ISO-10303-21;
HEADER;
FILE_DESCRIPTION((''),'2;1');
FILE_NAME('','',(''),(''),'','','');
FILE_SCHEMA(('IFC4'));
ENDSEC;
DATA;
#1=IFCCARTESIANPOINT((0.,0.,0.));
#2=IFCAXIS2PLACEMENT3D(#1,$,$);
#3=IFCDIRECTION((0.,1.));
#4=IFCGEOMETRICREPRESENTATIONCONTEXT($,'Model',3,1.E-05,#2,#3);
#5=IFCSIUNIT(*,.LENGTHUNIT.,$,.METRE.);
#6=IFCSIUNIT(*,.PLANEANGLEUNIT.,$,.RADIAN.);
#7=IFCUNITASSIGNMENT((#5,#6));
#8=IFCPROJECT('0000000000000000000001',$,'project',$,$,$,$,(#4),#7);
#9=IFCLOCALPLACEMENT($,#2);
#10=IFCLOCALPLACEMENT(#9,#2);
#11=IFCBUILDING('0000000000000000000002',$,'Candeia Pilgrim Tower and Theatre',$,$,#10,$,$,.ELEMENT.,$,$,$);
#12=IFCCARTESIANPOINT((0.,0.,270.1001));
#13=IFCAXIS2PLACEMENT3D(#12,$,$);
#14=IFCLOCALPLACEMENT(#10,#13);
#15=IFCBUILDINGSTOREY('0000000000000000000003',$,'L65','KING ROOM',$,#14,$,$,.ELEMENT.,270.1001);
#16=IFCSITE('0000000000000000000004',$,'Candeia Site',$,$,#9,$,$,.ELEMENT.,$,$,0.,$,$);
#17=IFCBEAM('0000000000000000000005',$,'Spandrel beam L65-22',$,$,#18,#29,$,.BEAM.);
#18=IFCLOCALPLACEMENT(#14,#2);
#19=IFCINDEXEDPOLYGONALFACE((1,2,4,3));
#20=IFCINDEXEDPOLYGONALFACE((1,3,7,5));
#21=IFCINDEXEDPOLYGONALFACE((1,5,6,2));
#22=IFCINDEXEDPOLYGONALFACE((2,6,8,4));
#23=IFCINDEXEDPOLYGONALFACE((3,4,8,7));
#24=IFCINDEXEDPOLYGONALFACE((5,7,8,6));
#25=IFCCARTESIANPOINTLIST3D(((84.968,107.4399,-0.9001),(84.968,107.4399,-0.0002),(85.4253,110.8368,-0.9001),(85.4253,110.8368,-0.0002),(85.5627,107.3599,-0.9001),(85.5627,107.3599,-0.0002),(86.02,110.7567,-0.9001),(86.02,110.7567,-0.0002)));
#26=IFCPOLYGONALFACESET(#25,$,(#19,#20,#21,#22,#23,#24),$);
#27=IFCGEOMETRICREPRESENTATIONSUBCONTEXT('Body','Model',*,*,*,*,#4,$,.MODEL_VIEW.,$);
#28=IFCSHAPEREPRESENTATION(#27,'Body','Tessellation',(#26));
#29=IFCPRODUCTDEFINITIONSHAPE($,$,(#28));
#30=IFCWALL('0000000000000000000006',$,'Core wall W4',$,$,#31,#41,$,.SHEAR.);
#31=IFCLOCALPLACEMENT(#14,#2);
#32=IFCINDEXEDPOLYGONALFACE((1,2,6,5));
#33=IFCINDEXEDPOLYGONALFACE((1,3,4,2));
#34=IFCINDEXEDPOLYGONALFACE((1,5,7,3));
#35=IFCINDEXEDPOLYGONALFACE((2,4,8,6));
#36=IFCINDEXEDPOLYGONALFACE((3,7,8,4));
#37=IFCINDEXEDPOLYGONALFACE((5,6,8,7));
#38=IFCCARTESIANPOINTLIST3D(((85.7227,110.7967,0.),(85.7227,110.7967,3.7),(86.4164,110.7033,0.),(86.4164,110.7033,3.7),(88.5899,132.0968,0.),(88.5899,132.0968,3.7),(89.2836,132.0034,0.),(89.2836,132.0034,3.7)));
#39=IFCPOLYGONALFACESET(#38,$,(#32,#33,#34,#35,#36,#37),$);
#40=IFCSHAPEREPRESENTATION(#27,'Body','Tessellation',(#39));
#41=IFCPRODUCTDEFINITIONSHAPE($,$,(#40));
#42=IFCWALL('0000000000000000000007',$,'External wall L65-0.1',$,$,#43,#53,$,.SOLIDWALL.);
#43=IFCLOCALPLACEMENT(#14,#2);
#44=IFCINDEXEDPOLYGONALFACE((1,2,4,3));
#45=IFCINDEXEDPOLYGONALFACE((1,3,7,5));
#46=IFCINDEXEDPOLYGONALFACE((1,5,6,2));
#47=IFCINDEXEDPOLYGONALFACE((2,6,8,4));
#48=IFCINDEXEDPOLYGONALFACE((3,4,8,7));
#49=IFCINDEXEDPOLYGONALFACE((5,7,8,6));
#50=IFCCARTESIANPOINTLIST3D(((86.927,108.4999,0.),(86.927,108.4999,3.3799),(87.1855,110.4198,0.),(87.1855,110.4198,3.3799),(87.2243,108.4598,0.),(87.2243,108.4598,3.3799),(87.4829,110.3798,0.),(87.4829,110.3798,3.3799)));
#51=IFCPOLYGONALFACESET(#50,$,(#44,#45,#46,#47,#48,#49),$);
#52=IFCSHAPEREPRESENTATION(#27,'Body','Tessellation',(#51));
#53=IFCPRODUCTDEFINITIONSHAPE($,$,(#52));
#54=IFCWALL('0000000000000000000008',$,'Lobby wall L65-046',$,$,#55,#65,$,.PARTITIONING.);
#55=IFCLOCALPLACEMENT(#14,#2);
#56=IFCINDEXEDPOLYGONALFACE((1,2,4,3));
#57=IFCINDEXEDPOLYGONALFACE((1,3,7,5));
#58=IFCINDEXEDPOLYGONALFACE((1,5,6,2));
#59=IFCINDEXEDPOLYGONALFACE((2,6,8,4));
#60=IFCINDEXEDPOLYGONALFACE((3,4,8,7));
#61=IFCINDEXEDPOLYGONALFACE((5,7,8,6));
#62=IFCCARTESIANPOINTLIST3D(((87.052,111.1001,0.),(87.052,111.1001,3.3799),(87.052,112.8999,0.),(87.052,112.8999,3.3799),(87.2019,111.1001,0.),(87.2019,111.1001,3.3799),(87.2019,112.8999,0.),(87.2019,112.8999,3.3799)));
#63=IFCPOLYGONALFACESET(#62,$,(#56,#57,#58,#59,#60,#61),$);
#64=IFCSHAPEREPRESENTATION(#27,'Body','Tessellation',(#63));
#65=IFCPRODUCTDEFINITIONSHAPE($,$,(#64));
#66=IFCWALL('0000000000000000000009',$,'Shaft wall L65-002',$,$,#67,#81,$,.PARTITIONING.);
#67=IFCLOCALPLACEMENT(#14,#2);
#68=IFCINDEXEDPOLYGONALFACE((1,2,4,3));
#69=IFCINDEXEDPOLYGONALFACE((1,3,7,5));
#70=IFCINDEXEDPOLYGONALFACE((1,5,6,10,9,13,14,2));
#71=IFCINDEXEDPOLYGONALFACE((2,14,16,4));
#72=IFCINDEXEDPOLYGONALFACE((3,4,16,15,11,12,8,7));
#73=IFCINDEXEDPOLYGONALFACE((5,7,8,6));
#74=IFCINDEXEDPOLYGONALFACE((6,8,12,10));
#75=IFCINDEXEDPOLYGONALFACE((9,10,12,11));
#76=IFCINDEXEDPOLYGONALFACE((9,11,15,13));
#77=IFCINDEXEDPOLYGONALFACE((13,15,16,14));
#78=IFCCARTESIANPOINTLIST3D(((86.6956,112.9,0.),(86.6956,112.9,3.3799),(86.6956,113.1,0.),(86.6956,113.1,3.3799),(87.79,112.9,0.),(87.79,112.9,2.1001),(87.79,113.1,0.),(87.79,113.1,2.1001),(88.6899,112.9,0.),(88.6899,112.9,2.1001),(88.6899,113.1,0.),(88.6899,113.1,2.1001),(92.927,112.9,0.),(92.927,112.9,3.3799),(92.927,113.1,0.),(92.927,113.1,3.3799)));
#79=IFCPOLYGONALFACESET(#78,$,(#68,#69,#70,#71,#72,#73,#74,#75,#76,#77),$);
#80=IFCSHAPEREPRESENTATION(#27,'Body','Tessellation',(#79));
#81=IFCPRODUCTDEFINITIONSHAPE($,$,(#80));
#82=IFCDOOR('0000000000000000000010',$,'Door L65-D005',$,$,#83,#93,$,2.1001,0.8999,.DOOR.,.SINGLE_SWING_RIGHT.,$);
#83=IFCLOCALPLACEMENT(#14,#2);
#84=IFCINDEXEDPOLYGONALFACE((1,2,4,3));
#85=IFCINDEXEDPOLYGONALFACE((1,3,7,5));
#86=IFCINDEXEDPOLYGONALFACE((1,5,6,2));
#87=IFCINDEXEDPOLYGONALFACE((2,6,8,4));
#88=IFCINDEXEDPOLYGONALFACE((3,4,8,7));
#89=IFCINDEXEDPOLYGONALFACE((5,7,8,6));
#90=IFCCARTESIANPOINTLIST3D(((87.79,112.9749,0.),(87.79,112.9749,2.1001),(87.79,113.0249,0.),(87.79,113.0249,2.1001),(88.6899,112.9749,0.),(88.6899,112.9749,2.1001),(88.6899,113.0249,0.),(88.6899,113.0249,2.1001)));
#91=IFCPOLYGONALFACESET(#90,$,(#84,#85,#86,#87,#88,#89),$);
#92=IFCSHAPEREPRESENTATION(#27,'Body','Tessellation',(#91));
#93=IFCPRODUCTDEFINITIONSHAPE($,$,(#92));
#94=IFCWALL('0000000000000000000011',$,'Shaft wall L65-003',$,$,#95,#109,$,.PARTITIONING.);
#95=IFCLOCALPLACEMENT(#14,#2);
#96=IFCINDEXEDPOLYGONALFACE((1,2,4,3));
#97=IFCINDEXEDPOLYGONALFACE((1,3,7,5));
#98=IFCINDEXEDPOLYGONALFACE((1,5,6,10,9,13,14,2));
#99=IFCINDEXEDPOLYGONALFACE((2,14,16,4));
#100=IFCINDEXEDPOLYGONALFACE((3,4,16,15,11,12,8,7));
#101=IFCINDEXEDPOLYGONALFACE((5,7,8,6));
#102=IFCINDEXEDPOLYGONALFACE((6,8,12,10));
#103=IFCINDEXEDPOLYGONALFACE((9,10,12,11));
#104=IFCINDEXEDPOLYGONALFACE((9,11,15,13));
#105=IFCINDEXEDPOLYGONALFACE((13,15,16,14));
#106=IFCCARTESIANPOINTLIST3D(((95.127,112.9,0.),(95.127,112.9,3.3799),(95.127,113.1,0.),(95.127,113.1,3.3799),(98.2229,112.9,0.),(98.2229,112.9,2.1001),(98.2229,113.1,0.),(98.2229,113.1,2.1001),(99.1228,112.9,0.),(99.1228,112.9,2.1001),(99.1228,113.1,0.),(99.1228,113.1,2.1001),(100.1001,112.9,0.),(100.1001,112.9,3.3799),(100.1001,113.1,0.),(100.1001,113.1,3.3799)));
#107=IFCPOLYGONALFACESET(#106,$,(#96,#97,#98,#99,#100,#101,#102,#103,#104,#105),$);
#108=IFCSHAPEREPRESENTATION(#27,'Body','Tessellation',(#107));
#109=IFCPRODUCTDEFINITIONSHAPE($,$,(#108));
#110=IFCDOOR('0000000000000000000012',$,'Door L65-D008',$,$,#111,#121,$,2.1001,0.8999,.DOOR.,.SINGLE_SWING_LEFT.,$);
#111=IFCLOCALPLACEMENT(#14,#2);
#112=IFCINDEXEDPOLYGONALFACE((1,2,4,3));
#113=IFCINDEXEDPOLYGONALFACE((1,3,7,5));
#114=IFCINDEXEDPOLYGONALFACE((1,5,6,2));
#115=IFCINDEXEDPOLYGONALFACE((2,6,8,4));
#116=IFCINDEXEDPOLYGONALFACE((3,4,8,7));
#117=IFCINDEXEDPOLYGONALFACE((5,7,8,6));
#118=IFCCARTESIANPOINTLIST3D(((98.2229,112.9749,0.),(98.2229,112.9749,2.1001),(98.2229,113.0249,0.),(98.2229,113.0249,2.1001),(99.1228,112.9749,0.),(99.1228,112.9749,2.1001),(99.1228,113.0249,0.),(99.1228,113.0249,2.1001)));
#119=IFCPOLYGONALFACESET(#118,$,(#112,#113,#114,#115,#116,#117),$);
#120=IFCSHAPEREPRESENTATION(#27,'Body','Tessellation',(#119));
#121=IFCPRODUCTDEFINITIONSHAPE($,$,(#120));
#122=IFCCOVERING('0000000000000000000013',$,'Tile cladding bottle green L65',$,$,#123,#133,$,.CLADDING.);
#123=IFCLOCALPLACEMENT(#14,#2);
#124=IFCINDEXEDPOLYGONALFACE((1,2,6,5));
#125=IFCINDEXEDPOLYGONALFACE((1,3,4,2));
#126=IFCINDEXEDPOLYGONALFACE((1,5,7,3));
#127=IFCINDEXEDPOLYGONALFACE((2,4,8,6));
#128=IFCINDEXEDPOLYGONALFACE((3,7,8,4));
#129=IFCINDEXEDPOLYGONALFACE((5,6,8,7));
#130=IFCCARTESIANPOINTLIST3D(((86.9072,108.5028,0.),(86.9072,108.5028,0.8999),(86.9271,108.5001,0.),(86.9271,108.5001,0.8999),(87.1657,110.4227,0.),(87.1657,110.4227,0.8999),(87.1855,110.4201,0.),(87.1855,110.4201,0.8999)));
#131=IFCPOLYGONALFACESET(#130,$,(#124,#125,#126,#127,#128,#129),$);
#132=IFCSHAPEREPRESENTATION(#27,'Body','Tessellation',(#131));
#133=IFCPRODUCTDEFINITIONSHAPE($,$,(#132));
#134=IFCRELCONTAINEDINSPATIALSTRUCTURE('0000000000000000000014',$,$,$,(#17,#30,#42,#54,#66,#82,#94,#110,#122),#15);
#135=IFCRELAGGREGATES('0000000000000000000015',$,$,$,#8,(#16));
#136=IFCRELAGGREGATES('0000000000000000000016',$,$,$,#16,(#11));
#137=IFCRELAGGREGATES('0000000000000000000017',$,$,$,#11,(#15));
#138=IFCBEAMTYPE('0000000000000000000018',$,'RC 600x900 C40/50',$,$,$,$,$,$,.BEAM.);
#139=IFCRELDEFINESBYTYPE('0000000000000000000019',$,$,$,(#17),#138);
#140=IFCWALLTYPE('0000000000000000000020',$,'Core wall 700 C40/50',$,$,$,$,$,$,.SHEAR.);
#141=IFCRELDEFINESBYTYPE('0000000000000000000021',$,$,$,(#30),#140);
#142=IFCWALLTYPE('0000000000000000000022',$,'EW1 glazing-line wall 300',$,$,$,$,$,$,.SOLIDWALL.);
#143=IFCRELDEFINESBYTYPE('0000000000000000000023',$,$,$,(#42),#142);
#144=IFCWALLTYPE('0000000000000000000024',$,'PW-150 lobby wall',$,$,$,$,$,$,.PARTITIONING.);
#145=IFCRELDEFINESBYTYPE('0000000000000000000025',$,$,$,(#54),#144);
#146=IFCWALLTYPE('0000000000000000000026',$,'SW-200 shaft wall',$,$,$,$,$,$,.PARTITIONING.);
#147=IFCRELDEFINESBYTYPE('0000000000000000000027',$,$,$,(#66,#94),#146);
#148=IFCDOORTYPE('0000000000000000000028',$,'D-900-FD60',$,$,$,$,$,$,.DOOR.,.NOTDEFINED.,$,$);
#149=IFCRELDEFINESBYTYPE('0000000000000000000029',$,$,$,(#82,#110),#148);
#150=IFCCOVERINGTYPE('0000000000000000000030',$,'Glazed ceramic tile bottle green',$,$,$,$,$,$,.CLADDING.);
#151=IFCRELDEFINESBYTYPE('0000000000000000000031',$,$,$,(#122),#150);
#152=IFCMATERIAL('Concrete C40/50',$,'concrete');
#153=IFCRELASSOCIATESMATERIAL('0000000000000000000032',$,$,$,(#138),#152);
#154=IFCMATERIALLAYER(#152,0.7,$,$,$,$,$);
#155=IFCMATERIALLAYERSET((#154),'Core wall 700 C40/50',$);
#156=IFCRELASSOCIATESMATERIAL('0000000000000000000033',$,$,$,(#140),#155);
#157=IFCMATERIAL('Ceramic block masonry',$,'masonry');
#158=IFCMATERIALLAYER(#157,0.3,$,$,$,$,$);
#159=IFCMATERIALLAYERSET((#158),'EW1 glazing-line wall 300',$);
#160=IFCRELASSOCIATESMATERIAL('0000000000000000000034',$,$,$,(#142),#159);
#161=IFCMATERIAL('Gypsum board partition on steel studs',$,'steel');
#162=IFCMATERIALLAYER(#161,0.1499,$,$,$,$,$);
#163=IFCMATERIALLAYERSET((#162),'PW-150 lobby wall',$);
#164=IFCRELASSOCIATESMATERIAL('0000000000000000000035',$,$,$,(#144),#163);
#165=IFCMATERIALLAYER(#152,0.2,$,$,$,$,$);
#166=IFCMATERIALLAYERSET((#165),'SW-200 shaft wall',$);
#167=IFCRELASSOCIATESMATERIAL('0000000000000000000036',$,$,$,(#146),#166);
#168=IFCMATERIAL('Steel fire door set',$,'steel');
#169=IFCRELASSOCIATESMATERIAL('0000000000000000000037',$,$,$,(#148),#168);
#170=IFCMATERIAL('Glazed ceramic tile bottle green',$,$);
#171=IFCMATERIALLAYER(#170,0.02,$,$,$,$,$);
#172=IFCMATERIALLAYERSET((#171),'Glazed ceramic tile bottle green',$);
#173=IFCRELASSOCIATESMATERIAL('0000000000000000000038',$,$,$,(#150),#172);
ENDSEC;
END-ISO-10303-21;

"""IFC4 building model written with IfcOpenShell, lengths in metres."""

from ifc_helpers import new_model, si_unit, direction, frame, frame_2d, origin, origin_2d, place, context, subcontext, project, spatial, rectangle, extrude, material, layer, layer_set, material_profile, profile_set, type_object, element, fill, save


model = new_model("IFC4")

# Units and contexts
model_context = context("Model", 3, precision=1e-05, world=origin(), true_north=direction((0.0, 1.0)))
body_context = subcontext(model_context, "Body", "Model", "MODEL_VIEW")
ifc_project = project(units=[si_unit("LENGTHUNIT", "METRE"), si_unit("PLANEANGLEUNIT", "RADIAN")], contexts=[model_context])

# Site, building, storey
site_placement = place(None, origin())
site = spatial("IfcSite", under=ifc_project, at=site_placement, Name="Candeia Site", CompositionType="ELEMENT", RefElevation=0.0)
building_placement = place(site_placement, origin())
building = spatial("IfcBuilding", under=site, at=building_placement, Name="Candeia Pilgrim Tower and Theatre", CompositionType="ELEMENT")
storey_placement = place(building_placement, frame((0.0, 0.0, 270.1001)))
storey = spatial("IfcBuildingStorey", under=building, at=storey_placement, Name="L65", Description="KING ROOM", CompositionType="ELEMENT", Elevation=270.1001)

# Beam
ifc_material_1 = material(Name="Concrete C40/50", Category="concrete")
ifc_material_profile = material_profile(ifc_material_1, rectangle(XDim=0.6001, YDim=0.8999, at=origin_2d()))
ifc_profile_set = profile_set([ifc_material_profile], Name="Concrete C40/50")
beam_type = type_object("IfcBeamType", Name="RC 600x900 C40/50", PredefinedType="BEAM", material=ifc_profile_set)
beam_placement = place(storey_placement, frame((85.2654, 107.3999, -0.4502), z_axis=(0.133419, 0.99106, 0.0), x_axis=(-0.99106, 0.133419, 0.0)))
element("IfcBeam", 1, at=beam_placement, inside=storey, type_object=beam_type, Name="Spandrel beam L65-22", PredefinedType="BEAM", context=body_context, shape_type="SweptSolid", body=[
    extrude(rectangle(XDim=0.6001, YDim=0.8999, at=origin_2d()), origin(), (0.0, 0.0, 1.0), 3.4275),
])

# Walls
ifc_layer_1 = layer(ifc_material_1, 0.7)
ifc_layer_set_1 = layer_set([ifc_layer_1], Name="Core wall 700 C40/50")
wall_type_1 = type_object("IfcWallType", Name="Core wall 700 C40/50", PredefinedType="SHEAR", material=ifc_layer_set_1)
wall_1_placement = place(storey_placement, frame((86.0696, 110.75, 0.0), z_axis=(0.0, 0.0, 1.0), x_axis=(0.133406, 0.991061, 0.0)))
element("IfcWall", 2, at=wall_1_placement, inside=storey, type_object=wall_type_1, Name="Core wall W4", PredefinedType="SHEAR", context=body_context, shape_type="SweptSolid", body=[
    extrude(rectangle(XDim=21.4922, YDim=0.7, at=frame_2d((10.7461, 0.0))), origin(), (0.0, 0.0, 1.0), 3.7),
])
ifc_material_2 = material(Name="Ceramic block masonry", Category="masonry")
ifc_layer_2 = layer(ifc_material_2, 0.3)
ifc_layer_set_2 = layer_set([ifc_layer_2], Name="EW1 glazing-line wall 300")
wall_type_2 = type_object("IfcWallType", Name="EW1 glazing-line wall 300", PredefinedType="SOLIDWALL", material=ifc_layer_set_2)
wall_2_placement = place(storey_placement, frame((87.3342, 110.3999, 0.0), z_axis=(0.0, 0.0, 1.0), x_axis=(-0.13346, -0.991054, 0.0)))
element("IfcWall", 3, at=wall_2_placement, inside=storey, type_object=wall_type_2, Name="External wall L65-0.1", PredefinedType="SOLIDWALL", context=body_context, shape_type="SweptSolid", body=[
    extrude(rectangle(XDim=1.9373, YDim=0.3, at=frame_2d((0.9688, 0.0))), origin(), (0.0, 0.0, 1.0), 3.3799),
])

# Wall
ifc_material_3 = material(Name="Gypsum board partition on steel studs", Category="steel")
ifc_layer_3 = layer(ifc_material_3, 0.1499)
ifc_layer_set_3 = layer_set([ifc_layer_3], Name="PW-150 lobby wall")
wall_type_3 = type_object("IfcWallType", Name="PW-150 lobby wall", PredefinedType="PARTITIONING", material=ifc_layer_set_3)
wall_3_placement = place(storey_placement, frame((87.127, 111.1001, 0.0), z_axis=(0.0, 0.0, 1.0), x_axis=(0.0, 1.0, 0.0)))
element("IfcWall", 4, at=wall_3_placement, inside=storey, type_object=wall_type_3, Name="Lobby wall L65-046", PredefinedType="PARTITIONING", context=body_context, shape_type="SweptSolid", body=[
    extrude(rectangle(XDim=1.7998, YDim=0.1499, at=frame_2d((0.8999, 0.0))), origin(), (0.0, 0.0, 1.0), 3.3799),
])

# Walls, openings, doors
ifc_layer_4 = layer(ifc_material_1, 0.2)
ifc_layer_set_4 = layer_set([ifc_layer_4], Name="SW-200 shaft wall")
wall_type_4 = type_object("IfcWallType", Name="SW-200 shaft wall", PredefinedType="PARTITIONING", material=ifc_layer_set_4)
wall_4_placement = place(storey_placement, frame((86.6956, 113.0, 0.0), z_axis=(0.0, 0.0, 1.0), x_axis=(1.0, 0.0, 0.0)))
wall_4 = element("IfcWall", 5, at=wall_4_placement, inside=storey, type_object=wall_type_4, Name="Shaft wall L65-002", PredefinedType="PARTITIONING", context=body_context, shape_type="SweptSolid", body=[
    extrude(rectangle(XDim=6.2314, YDim=0.2, at=frame_2d((3.1157, 0.0))), origin(), (0.0, 0.0, 1.0), 3.3799),
])
opening_1_placement = place(wall_4_placement, frame((1.0945, 0.0, 0.0)))
opening_1 = element("IfcOpeningElement", 6, at=opening_1_placement, cuts=wall_4, PredefinedType="OPENING", context=body_context, shape_type="SweptSolid", body=[
    extrude(rectangle(XDim=0.8999, YDim=2.1001, at=frame_2d((0.45, 1.05))), frame((0.0, 0.1099, 0.0), z_axis=(0.0, -1.0, 0.0), x_axis=(1.0, 0.0, 0.0)), (0.0, 0.0, 1.0), 0.22),
])
ifc_material_4 = material(Name="Steel fire door set", Category="steel")
door_type_1 = type_object("IfcDoorType", Name="D-900-FD60", OperationType="NOTDEFINED", PredefinedType="DOOR", material=ifc_material_4)
door_1_placement = place(opening_1_placement, origin())
door_1 = element("IfcDoor", 7, at=door_1_placement, inside=storey, type_object=door_type_1, Name="Door L65-D005", OperationType="SINGLE_SWING_RIGHT", OverallHeight=2.1001, OverallWidth=0.8999, PredefinedType="DOOR", context=body_context, shape_type="SweptSolid", body=[
    extrude(rectangle(XDim=0.8999, YDim=2.1001, at=frame_2d((0.45, 1.05))), frame((0.0, 0.0249, 0.0), z_axis=(0.0, -1.0, 0.0), x_axis=(1.0, 0.0, 0.0)), (0.0, 0.0, 1.0), 0.05),
])
fill(opening_1, door_1)
wall_5_placement = place(storey_placement, frame((95.127, 113.0, 0.0), z_axis=(0.0, 0.0, 1.0), x_axis=(1.0, 0.0, 0.0)))
wall_5 = element("IfcWall", 8, at=wall_5_placement, inside=storey, type_object=wall_type_4, Name="Shaft wall L65-003", PredefinedType="PARTITIONING", context=body_context, shape_type="SweptSolid", body=[
    extrude(rectangle(XDim=4.9731, YDim=0.2, at=frame_2d((2.4866, 0.0))), origin(), (0.0, 0.0, 1.0), 3.3799),
])
opening_2_placement = place(wall_5_placement, frame((3.0959, 0.0, 0.0)))
opening_2 = element("IfcOpeningElement", 9, at=opening_2_placement, cuts=wall_5, PredefinedType="OPENING", context=body_context, shape_type="SweptSolid", body=[
    extrude(rectangle(XDim=0.8999, YDim=2.1001, at=frame_2d((0.45, 1.05))), frame((0.0, 0.1099, 0.0), z_axis=(0.0, -1.0, 0.0), x_axis=(1.0, 0.0, 0.0)), (0.0, 0.0, 1.0), 0.22),
])
door_2_placement = place(opening_2_placement, origin())
door_2 = element("IfcDoor", 10, at=door_2_placement, inside=storey, type_object=door_type_1, Name="Door L65-D008", OperationType="SINGLE_SWING_LEFT", OverallHeight=2.1001, OverallWidth=0.8999, PredefinedType="DOOR", context=body_context, shape_type="SweptSolid", body=[
    extrude(rectangle(XDim=0.8999, YDim=2.1001, at=frame_2d((0.45, 1.05))), frame((0.0, 0.0249, 0.0), z_axis=(0.0, -1.0, 0.0), x_axis=(1.0, 0.0, 0.0)), (0.0, 0.0, 1.0), 0.05),
])
fill(opening_2, door_2)

# Covering
ifc_material_5 = material(Name="Glazed ceramic tile bottle green")
ifc_layer_5 = layer(ifc_material_5, 0.02)
ifc_layer_set_5 = layer_set([ifc_layer_5], Name="Glazed ceramic tile bottle green")
covering_type = type_object("IfcCoveringType", Name="Glazed ceramic tile bottle green", PredefinedType="CLADDING", material=ifc_layer_set_5)
covering_placement = place(storey_placement, frame((87.0464, 109.4614, 0.0), z_axis=(0.0, 0.0, 1.0), x_axis=(-0.133412, -0.991061, 0.0)))
element("IfcCovering", 11, at=covering_placement, inside=storey, type_object=covering_type, Name="Tile cladding bottle green L65", PredefinedType="CLADDING", context=body_context, shape_type="SweptSolid", body=[
    extrude(rectangle(XDim=1.9373, YDim=0.02, at=origin_2d()), origin(), (0.0, 0.0, 1.0), 0.8999),
])

save(model, "model.ifc")
